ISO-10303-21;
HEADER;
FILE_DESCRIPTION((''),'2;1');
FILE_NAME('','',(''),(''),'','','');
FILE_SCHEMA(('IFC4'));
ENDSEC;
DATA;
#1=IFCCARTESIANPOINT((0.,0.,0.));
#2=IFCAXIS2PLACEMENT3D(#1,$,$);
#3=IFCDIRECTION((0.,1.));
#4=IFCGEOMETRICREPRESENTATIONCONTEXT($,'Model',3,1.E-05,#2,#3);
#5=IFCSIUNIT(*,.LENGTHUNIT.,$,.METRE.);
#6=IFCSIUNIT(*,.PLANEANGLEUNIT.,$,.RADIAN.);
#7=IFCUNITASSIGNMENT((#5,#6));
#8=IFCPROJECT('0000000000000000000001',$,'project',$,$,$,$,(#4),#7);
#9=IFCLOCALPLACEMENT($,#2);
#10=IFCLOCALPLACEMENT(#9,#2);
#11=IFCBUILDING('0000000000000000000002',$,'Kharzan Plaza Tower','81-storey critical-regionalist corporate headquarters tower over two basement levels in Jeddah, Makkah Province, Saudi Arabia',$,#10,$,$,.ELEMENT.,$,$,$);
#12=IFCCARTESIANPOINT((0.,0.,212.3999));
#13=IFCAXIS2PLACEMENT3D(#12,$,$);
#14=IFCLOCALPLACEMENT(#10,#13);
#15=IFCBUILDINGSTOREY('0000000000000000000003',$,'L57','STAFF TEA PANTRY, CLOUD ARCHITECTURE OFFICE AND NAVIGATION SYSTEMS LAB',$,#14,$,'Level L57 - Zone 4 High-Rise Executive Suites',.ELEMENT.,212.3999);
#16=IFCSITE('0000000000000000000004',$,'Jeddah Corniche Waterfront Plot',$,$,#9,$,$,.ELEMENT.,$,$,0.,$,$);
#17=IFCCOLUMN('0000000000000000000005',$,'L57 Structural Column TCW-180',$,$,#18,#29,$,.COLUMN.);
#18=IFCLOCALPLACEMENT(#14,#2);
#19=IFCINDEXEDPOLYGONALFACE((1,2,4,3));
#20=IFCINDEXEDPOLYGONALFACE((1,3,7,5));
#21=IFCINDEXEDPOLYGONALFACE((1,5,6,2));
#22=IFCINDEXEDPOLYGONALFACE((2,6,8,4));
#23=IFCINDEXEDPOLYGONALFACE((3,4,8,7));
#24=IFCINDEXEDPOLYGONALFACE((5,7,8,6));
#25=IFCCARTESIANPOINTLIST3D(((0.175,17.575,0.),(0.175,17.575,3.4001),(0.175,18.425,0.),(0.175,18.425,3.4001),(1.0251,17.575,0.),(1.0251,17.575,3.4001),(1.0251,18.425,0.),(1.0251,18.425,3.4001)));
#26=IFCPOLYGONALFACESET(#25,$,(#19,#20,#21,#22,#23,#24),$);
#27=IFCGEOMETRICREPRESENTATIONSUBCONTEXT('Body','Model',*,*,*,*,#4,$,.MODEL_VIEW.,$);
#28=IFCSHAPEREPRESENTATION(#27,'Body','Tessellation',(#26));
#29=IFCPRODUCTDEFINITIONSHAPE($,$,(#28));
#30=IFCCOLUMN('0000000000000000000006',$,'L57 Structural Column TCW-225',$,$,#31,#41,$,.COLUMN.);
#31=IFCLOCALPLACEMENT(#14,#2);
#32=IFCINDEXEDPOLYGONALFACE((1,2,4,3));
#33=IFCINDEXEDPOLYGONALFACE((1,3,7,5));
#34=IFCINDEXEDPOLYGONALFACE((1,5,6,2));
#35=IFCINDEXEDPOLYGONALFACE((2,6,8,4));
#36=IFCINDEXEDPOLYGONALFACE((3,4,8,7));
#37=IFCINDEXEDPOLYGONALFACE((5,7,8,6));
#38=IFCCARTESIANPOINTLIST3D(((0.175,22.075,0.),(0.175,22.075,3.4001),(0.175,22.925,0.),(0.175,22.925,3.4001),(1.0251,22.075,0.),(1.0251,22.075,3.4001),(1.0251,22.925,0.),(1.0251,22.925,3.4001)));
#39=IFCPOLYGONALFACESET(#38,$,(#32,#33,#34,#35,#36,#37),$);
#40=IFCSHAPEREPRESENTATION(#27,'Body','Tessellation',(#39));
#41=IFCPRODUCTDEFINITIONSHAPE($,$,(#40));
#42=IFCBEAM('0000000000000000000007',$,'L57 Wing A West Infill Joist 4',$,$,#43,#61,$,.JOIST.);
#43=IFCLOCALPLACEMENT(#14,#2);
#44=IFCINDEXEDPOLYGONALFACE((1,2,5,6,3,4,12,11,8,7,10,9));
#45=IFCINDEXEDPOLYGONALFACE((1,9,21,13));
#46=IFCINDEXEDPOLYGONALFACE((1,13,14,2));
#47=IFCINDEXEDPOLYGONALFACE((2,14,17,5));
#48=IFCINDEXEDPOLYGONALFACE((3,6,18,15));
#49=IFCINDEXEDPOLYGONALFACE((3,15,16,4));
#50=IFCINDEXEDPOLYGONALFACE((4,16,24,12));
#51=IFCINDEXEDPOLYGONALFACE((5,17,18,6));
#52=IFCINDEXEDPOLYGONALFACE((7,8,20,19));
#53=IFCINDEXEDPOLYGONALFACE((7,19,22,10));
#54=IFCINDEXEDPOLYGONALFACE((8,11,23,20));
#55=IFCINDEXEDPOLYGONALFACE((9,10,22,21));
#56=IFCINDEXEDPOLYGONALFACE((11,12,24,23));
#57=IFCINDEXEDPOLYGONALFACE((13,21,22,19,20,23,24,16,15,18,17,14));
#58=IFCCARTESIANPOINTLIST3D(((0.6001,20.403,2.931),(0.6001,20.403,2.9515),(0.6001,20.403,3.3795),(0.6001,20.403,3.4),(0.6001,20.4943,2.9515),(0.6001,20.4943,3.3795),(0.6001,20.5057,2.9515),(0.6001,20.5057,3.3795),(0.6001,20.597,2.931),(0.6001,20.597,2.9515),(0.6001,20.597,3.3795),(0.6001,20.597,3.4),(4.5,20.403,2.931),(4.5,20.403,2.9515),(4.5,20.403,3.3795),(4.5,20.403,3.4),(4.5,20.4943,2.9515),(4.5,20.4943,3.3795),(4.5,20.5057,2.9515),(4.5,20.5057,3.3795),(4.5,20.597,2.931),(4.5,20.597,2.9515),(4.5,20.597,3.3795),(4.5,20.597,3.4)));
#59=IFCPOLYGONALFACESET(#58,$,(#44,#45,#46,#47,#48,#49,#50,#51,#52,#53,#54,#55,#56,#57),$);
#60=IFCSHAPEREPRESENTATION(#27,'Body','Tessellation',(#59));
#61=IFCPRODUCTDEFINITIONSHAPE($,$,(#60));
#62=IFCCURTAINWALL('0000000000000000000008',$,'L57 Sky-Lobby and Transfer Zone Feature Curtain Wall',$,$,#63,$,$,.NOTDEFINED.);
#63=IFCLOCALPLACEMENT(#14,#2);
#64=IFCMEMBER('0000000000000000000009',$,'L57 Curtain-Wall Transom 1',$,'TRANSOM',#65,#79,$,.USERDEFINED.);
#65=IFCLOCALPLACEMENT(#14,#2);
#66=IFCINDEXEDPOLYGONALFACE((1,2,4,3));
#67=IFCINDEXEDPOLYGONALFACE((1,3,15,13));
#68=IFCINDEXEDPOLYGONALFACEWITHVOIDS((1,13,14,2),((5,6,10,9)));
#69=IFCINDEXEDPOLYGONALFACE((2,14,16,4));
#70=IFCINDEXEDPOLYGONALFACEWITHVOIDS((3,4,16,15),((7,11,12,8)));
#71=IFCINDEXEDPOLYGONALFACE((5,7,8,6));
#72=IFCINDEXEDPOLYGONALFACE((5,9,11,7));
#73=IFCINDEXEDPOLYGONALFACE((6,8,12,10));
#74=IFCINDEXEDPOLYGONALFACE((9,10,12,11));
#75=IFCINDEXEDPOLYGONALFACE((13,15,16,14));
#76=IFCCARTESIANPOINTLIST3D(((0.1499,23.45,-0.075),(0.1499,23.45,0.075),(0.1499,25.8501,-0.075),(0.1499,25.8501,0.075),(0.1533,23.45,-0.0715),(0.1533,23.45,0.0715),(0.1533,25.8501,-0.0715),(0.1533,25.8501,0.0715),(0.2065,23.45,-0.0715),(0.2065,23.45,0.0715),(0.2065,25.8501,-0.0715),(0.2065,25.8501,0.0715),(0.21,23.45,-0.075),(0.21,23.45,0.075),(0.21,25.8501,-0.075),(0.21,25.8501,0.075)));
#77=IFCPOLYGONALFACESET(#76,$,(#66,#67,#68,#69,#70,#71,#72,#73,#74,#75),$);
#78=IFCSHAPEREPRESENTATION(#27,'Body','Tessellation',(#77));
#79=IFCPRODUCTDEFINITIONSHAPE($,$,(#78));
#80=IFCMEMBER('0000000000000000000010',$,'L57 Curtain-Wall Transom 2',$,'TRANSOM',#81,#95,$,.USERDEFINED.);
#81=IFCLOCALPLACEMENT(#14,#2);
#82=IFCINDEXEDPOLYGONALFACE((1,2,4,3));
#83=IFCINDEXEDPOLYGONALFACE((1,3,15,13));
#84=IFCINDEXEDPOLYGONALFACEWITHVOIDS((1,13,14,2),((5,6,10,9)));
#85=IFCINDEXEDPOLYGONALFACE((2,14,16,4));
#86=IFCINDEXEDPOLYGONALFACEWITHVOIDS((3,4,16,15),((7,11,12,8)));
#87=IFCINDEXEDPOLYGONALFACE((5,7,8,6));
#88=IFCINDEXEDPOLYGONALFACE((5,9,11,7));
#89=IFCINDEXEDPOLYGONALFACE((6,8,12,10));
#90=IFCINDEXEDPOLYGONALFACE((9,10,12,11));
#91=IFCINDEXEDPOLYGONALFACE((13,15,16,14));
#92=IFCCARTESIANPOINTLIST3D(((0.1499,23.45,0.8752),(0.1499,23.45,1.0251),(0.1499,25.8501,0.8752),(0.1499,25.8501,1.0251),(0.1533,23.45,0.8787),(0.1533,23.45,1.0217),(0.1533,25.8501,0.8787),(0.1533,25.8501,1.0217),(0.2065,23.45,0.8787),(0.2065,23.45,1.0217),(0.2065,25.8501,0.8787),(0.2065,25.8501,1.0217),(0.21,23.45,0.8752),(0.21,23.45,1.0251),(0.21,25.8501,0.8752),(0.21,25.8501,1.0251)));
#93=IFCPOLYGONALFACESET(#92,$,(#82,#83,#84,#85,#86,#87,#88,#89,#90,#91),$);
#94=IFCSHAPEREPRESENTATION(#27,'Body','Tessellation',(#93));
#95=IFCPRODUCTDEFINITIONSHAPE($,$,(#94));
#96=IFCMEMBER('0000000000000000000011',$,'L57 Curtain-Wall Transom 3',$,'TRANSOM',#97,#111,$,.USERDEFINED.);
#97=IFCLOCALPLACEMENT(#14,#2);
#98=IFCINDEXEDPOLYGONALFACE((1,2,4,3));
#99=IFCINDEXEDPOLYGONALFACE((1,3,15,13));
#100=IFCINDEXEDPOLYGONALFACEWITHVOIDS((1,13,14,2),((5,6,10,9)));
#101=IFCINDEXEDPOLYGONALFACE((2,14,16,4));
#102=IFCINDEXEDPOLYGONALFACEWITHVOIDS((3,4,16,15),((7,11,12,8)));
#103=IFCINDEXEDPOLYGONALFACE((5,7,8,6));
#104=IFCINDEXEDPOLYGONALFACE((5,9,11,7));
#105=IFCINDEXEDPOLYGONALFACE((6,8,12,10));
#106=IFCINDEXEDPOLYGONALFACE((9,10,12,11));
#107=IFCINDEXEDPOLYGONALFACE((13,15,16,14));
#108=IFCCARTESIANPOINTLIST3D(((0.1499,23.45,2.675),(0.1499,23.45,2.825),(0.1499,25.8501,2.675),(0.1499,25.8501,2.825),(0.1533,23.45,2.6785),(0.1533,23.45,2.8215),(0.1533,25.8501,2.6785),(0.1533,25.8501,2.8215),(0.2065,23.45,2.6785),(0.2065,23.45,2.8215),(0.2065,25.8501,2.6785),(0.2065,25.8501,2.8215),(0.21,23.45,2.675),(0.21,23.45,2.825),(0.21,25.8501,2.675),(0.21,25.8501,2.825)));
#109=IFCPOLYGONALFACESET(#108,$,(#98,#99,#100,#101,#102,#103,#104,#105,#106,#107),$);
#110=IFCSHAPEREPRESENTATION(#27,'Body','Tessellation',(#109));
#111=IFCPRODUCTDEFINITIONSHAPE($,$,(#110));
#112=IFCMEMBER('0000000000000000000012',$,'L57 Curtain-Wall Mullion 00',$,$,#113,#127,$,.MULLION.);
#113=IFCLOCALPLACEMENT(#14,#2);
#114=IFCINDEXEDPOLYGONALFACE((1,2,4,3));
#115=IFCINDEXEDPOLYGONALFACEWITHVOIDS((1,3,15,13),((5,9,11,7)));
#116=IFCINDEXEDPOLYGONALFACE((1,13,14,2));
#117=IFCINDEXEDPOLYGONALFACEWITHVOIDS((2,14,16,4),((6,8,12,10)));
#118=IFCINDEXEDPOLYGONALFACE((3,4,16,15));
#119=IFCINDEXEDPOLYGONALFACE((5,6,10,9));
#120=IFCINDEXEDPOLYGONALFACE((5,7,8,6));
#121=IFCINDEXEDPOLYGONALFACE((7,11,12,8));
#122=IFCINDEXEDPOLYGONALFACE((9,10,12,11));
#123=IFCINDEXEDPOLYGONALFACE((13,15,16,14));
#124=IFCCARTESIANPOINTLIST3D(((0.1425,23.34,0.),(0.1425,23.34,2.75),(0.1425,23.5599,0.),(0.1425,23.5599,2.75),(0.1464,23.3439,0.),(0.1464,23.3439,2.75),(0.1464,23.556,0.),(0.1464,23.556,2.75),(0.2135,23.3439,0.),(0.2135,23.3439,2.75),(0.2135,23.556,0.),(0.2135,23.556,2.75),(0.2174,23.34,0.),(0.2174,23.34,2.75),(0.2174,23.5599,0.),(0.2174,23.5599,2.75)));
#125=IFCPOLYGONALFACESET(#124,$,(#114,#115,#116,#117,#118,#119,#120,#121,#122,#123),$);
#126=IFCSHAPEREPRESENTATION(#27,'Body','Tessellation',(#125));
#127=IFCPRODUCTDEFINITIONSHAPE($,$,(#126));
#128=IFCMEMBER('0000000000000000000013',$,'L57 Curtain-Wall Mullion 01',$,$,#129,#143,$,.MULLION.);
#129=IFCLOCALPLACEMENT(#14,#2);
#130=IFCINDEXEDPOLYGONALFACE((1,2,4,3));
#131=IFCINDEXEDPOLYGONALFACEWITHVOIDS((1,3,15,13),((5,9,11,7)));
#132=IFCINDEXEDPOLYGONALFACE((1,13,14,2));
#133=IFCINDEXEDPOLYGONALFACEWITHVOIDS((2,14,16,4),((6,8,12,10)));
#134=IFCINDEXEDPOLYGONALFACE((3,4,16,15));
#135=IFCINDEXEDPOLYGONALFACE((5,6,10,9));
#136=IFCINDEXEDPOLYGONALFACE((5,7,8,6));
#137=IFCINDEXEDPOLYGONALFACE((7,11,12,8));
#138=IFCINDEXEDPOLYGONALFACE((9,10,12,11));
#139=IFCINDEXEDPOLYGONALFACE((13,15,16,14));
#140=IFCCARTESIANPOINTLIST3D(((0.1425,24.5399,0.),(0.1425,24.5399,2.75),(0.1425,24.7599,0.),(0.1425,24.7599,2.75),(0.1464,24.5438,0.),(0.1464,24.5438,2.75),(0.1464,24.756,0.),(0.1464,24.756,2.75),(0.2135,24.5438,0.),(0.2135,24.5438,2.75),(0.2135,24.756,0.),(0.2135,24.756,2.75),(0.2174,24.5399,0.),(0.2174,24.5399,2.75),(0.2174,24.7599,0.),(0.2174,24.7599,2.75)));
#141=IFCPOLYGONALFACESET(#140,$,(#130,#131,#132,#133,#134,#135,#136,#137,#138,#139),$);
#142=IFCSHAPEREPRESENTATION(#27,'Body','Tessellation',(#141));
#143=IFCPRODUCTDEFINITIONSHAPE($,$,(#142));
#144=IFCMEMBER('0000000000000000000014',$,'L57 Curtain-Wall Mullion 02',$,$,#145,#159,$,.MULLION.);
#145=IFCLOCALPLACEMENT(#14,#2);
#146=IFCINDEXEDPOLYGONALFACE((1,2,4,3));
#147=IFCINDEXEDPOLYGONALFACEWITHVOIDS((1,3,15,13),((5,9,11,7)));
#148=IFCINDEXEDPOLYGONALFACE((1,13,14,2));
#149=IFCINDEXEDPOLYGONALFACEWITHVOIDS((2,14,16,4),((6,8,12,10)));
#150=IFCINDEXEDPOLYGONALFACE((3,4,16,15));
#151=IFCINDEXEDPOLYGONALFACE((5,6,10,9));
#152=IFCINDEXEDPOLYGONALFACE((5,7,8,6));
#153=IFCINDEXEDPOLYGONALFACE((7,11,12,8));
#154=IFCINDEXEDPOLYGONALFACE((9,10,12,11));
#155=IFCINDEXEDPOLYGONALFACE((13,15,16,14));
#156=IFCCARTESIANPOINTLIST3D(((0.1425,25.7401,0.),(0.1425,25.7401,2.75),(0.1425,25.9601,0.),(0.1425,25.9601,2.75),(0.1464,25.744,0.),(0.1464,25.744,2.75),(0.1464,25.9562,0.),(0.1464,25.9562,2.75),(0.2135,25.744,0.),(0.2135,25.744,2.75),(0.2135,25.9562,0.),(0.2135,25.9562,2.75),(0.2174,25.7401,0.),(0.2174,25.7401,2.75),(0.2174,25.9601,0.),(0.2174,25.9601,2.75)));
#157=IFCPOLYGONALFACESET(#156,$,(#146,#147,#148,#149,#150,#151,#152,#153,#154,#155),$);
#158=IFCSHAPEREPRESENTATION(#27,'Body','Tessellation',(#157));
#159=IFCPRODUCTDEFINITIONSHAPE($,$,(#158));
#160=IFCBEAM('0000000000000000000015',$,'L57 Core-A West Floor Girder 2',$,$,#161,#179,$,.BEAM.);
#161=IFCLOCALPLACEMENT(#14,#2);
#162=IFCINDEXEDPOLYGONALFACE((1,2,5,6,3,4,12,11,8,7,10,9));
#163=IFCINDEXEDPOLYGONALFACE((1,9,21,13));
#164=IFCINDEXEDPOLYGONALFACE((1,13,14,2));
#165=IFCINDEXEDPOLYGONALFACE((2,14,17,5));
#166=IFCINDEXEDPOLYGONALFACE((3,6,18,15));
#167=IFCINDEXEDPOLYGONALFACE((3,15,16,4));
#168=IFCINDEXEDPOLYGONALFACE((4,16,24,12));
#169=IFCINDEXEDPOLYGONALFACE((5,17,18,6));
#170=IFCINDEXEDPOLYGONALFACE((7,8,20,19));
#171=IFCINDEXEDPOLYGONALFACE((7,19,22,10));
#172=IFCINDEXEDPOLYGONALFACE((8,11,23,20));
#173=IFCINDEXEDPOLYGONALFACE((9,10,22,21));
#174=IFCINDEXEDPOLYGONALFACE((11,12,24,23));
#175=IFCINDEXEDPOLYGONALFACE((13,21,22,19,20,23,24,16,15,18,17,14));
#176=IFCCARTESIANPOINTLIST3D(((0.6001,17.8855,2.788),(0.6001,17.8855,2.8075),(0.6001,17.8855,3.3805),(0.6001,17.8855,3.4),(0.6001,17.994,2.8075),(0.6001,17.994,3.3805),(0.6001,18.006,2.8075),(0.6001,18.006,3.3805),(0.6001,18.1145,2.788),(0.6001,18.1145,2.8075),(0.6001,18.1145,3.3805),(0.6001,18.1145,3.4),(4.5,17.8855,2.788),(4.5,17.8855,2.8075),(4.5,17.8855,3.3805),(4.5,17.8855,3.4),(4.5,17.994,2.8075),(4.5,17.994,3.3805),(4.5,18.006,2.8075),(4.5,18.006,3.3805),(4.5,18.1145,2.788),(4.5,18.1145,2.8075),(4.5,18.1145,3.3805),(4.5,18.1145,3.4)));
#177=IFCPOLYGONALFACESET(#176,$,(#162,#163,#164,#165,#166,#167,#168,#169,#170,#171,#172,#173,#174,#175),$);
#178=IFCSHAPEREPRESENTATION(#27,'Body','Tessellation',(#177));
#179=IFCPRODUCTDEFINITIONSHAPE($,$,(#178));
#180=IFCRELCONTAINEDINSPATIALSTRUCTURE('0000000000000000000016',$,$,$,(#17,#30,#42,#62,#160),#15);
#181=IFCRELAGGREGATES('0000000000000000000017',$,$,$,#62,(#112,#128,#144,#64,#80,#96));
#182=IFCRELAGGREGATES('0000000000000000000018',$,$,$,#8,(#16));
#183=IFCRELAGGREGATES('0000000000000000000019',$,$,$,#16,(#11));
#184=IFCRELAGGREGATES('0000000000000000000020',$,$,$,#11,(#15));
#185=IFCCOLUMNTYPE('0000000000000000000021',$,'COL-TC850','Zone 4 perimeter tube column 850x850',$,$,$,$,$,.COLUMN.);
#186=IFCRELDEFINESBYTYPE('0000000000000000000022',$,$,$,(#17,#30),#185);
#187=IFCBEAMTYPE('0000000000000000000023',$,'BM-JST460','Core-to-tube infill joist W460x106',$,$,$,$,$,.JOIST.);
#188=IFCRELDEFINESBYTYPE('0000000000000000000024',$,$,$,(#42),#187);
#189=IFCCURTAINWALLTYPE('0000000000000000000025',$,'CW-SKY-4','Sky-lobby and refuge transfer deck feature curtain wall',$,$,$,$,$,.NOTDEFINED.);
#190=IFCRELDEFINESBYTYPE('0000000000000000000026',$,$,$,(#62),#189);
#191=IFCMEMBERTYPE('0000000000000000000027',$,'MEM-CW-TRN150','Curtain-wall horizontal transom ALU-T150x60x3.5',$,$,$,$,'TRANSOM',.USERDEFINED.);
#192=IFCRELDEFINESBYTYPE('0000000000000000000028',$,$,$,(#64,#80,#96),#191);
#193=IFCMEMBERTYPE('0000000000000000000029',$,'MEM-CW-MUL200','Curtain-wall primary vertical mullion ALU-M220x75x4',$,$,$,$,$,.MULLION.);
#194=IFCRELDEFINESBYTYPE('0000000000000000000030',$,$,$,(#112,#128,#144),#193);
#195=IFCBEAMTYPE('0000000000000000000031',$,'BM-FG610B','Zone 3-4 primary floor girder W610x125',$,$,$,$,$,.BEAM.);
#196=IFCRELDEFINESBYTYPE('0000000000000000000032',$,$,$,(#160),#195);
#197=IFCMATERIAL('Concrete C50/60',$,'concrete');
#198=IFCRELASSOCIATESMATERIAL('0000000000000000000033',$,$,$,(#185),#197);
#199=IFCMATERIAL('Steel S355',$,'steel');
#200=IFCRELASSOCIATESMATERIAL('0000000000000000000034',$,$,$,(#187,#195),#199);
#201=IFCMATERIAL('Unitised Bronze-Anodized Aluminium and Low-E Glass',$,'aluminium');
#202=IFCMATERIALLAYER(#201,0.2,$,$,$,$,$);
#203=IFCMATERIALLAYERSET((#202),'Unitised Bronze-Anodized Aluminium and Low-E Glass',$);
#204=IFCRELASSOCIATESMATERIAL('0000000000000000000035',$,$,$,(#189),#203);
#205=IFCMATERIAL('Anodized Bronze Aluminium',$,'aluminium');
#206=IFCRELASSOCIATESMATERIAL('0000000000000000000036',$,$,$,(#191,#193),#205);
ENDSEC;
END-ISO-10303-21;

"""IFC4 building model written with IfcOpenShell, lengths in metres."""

from ifc_helpers import new_model, si_unit, direction, frame, origin, origin_2d, place, context, subcontext, project, spatial, rectangle, hollow_rectangle, i_section, extrude, source, transform, mapped, material, layer, layer_set, material_profile, profile_set, type_object, element, aggregate, save


model = new_model("IFC4")

# Units and contexts
model_context = context("Model", 3, precision=1e-05, world=origin(), true_north=direction((0.0, 1.0)))
body_context = subcontext(model_context, "Body", "Model", "MODEL_VIEW")
ifc_project = project(units=[si_unit("LENGTHUNIT", "METRE"), si_unit("PLANEANGLEUNIT", "RADIAN")], contexts=[model_context])

# Site, building, storey
site_placement = place(None, origin())
site = spatial("IfcSite", under=ifc_project, at=site_placement, Name="Jeddah Corniche Waterfront Plot", CompositionType="ELEMENT", RefElevation=0.0)
building_placement = place(site_placement, origin())
building = spatial("IfcBuilding", under=site, at=building_placement, Name="Kharzan Plaza Tower", Description="81-storey critical-regionalist corporate headquarters tower over two basement levels in Jeddah, Makkah Province, Saudi Arabia", CompositionType="ELEMENT")
storey_placement = place(building_placement, frame((0.0, 0.0, 212.3999)))
storey = spatial("IfcBuildingStorey", under=building, at=storey_placement, Name="L57", Description="STAFF TEA PANTRY, CLOUD ARCHITECTURE OFFICE AND NAVIGATION SYSTEMS LAB", LongName="Level L57 - Zone 4 High-Rise Executive Suites", CompositionType="ELEMENT", Elevation=212.3999)

# Columns
ifc_material_1 = material(Name="Concrete C50/60", Category="concrete")
ifc_material_profile_1 = material_profile(ifc_material_1, rectangle(XDim=0.8501, YDim=0.8501, at=origin_2d()), Name="RC-TC850x850")
ifc_profile_set_1 = profile_set([ifc_material_profile_1], Name="Concrete C50/60")
column_type = type_object("IfcColumnType", Name="COL-TC850", Description="Zone 4 perimeter tube column 850x850", PredefinedType="COLUMN", material=ifc_profile_set_1)
shared_shape_1 = source(origin(), body_context, "Body", "SweptSolid", [
    extrude(rectangle(XDim=0.8501, YDim=0.8501, at=origin_2d()), origin(), (0.0, 0.0, 1.0), 3.4001),
])
for number, where, z_axis, x_axis, name in (
    (1, (0.6001, 18.0, 0.0), (0.0, 0.0, 1.0), (1.0, 0.0, 0.0), "L57 Structural Column TCW-180"),
    (2, (0.6001, 22.5, 0.0), (0.0, 0.0, 1.0), (1.0, 0.0, 0.0), "L57 Structural Column TCW-225"),
):
    element("IfcColumn", number, at=place(storey_placement, frame(where, z_axis=z_axis, x_axis=x_axis)), inside=storey, type_object=column_type, Name=name, PredefinedType="COLUMN", context=body_context, shape_type="MappedRepresentation", body=[
        mapped(shared_shape_1, transform((0.0, 0.0, 0.0), x_axis=(1.0, 0.0, 0.0), y_axis=(0.0, 1.0, 0.0), z_axis=(0.0, 0.0, 1.0))),
    ])

# Beam
ifc_material_2 = material(Name="Steel S355", Category="steel")
ifc_material_profile_2 = material_profile(ifc_material_2, i_section(OverallWidth=0.1941, OverallDepth=0.469, WebThickness=0.0115, FlangeThickness=0.0205, at=origin_2d()), Name="W460x106")
ifc_profile_set_2 = profile_set([ifc_material_profile_2], Name="Steel S355")
beam_type_1 = type_object("IfcBeamType", Name="BM-JST460", Description="Core-to-tube infill joist W460x106", PredefinedType="JOIST", material=ifc_profile_set_2)
shared_shape_2 = source(origin(), body_context, "Body", "SweptSolid", [
    extrude(i_section(OverallWidth=0.1941, OverallDepth=0.469, WebThickness=0.0115, FlangeThickness=0.0205, at=origin_2d()), origin(), (0.0, 0.0, 1.0), 3.8999),
])
beam_1_placement = place(storey_placement, frame((0.6001, 20.5, 3.1655), z_axis=(1.0, 0.0, 0.0), x_axis=(0.0, 1.0, 0.0)))
element("IfcBeam", 3, at=beam_1_placement, inside=storey, type_object=beam_type_1, Name="L57 Wing A West Infill Joist 4", PredefinedType="JOIST", context=body_context, shape_type="MappedRepresentation", body=[
    mapped(shared_shape_2, transform((0.0, 0.0, 0.0), x_axis=(1.0, 0.0, 0.0), y_axis=(0.0, 1.0, 0.0), z_axis=(0.0, 0.0, 1.0))),
])

# Curtain wall, members
ifc_material_3 = material(Name="Unitised Bronze-Anodized Aluminium and Low-E Glass", Category="aluminium")
ifc_layer_1 = layer(ifc_material_3, 0.2)
ifc_layer_set_1 = layer_set([ifc_layer_1], Name="Unitised Bronze-Anodized Aluminium and Low-E Glass")
curtain_wall_type = type_object("IfcCurtainWallType", Name="CW-SKY-4", Description="Sky-lobby and refuge transfer deck feature curtain wall", PredefinedType="NOTDEFINED", material=ifc_layer_set_1)
curtain_wall_placement = place(storey_placement, origin())
curtain_wall = element("IfcCurtainWall", 4, at=curtain_wall_placement, inside=storey, type_object=curtain_wall_type, Name="L57 Sky-Lobby and Transfer Zone Feature Curtain Wall", PredefinedType="NOTDEFINED")
ifc_material_4 = material(Name="Anodized Bronze Aluminium", Category="aluminium")
ifc_material_profile_3 = material_profile(ifc_material_4, hollow_rectangle(XDim=0.0601, YDim=0.1499, WallThickness=0.0034, at=origin_2d()), Name="ALU-T150x60x3.5")
ifc_profile_set_3 = profile_set([ifc_material_profile_3], Name="Anodized Bronze Aluminium")
member_type_1 = type_object("IfcMemberType", Name="MEM-CW-TRN150", Description="Curtain-wall horizontal transom ALU-T150x60x3.5", ElementType="TRANSOM", PredefinedType="USERDEFINED", material=ifc_profile_set_3)
shared_shape_3 = source(origin(), body_context, "Body", "SweptSolid", [
    extrude(hollow_rectangle(XDim=0.0601, YDim=0.1499, WallThickness=0.0034, at=origin_2d()), origin(), (0.0, 0.0, 1.0), 2.4001),
])
member_1_placement = place(storey_placement, frame((0.1799, 23.45, 0.0), z_axis=(0.0, 1.0, 0.0), x_axis=(-1.0, 0.0, 0.0)))
member_1 = element("IfcMember", 5, at=member_1_placement, type_object=member_type_1, Name="L57 Curtain-Wall Transom 1", ObjectType="TRANSOM", PredefinedType="USERDEFINED", context=body_context, shape_type="MappedRepresentation", body=[
    mapped(shared_shape_3, transform((0.0, 0.0, 0.0), x_axis=(1.0, 0.0, 0.0), y_axis=(0.0, 1.0, 0.0), z_axis=(0.0, 0.0, 1.0))),
])
member_2_placement = place(storey_placement, frame((0.1799, 23.45, 0.9502), z_axis=(0.0, 1.0, 0.0), x_axis=(-1.0, 0.0, 0.0)))
member_2 = element("IfcMember", 6, at=member_2_placement, type_object=member_type_1, Name="L57 Curtain-Wall Transom 2", ObjectType="TRANSOM", PredefinedType="USERDEFINED", context=body_context, shape_type="MappedRepresentation", body=[
    mapped(shared_shape_3, transform((0.0, 0.0, 0.0), x_axis=(1.0, 0.0, 0.0), y_axis=(0.0, 1.0, 0.0), z_axis=(0.0, 0.0, 1.0))),
])
member_3_placement = place(storey_placement, frame((0.1799, 23.45, 2.75), z_axis=(0.0, 1.0, 0.0), x_axis=(-1.0, 0.0, 0.0)))
member_3 = element("IfcMember", 7, at=member_3_placement, type_object=member_type_1, Name="L57 Curtain-Wall Transom 3", ObjectType="TRANSOM", PredefinedType="USERDEFINED", context=body_context, shape_type="MappedRepresentation", body=[
    mapped(shared_shape_3, transform((0.0, 0.0, 0.0), x_axis=(1.0, 0.0, 0.0), y_axis=(0.0, 1.0, 0.0), z_axis=(0.0, 0.0, 1.0))),
])
ifc_material_profile_4 = material_profile(ifc_material_4, hollow_rectangle(XDim=0.075, YDim=0.22, WallThickness=0.0039, at=origin_2d()), Name="ALU-M220x75x4")
ifc_profile_set_4 = profile_set([ifc_material_profile_4], Name="Anodized Bronze Aluminium")
member_type_2 = type_object("IfcMemberType", Name="MEM-CW-MUL200", Description="Curtain-wall primary vertical mullion ALU-M220x75x4", PredefinedType="MULLION", material=ifc_profile_set_4)
shared_shape_4 = source(origin(), body_context, "Body", "SweptSolid", [
    extrude(hollow_rectangle(XDim=0.075, YDim=0.22, WallThickness=0.0039, at=origin_2d()), origin(), (0.0, 0.0, 1.0), 2.75),
])
member_4_placement = place(storey_placement, frame((0.1799, 23.45, 0.0), z_axis=(0.0, 0.0, 1.0), x_axis=(1.0, 0.0, 0.0)))
member_4 = element("IfcMember", 8, at=member_4_placement, type_object=member_type_2, Name="L57 Curtain-Wall Mullion 00", PredefinedType="MULLION", context=body_context, shape_type="MappedRepresentation", body=[
    mapped(shared_shape_4, transform((0.0, 0.0, 0.0), x_axis=(1.0, 0.0, 0.0), y_axis=(0.0, 1.0, 0.0), z_axis=(0.0, 0.0, 1.0))),
])
member_5_placement = place(storey_placement, frame((0.1799, 24.6499, 0.0), z_axis=(0.0, 0.0, 1.0), x_axis=(1.0, 0.0, 0.0)))
member_5 = element("IfcMember", 9, at=member_5_placement, type_object=member_type_2, Name="L57 Curtain-Wall Mullion 01", PredefinedType="MULLION", context=body_context, shape_type="MappedRepresentation", body=[
    mapped(shared_shape_4, transform((0.0, 0.0, 0.0), x_axis=(1.0, 0.0, 0.0), y_axis=(0.0, 1.0, 0.0), z_axis=(0.0, 0.0, 1.0))),
])
member_6_placement = place(storey_placement, frame((0.1799, 25.8501, 0.0), z_axis=(0.0, 0.0, 1.0), x_axis=(1.0, 0.0, 0.0)))
member_6 = element("IfcMember", 10, at=member_6_placement, type_object=member_type_2, Name="L57 Curtain-Wall Mullion 02", PredefinedType="MULLION", context=body_context, shape_type="MappedRepresentation", body=[
    mapped(shared_shape_4, transform((0.0, 0.0, 0.0), x_axis=(1.0, 0.0, 0.0), y_axis=(0.0, 1.0, 0.0), z_axis=(0.0, 0.0, 1.0))),
])

# Beam
ifc_material_profile_5 = material_profile(ifc_material_2, i_section(OverallWidth=0.229, OverallDepth=0.6121, WebThickness=0.012, FlangeThickness=0.0195, at=origin_2d()), Name="W610x125")
ifc_profile_set_5 = profile_set([ifc_material_profile_5], Name="Steel S355")
beam_type_2 = type_object("IfcBeamType", Name="BM-FG610B", Description="Zone 3-4 primary floor girder W610x125", PredefinedType="BEAM", material=ifc_profile_set_5)
shared_shape_5 = source(origin(), body_context, "Body", "SweptSolid", [
    extrude(i_section(OverallWidth=0.229, OverallDepth=0.6121, WebThickness=0.012, FlangeThickness=0.0195, at=origin_2d()), origin(), (0.0, 0.0, 1.0), 3.8999),
])
beam_2_placement = place(storey_placement, frame((0.6001, 18.0, 3.094), z_axis=(1.0, 0.0, 0.0), x_axis=(0.0, 1.0, 0.0)))
element("IfcBeam", 11, at=beam_2_placement, inside=storey, type_object=beam_type_2, Name="L57 Core-A West Floor Girder 2", PredefinedType="BEAM", context=body_context, shape_type="MappedRepresentation", body=[
    mapped(shared_shape_5, transform((0.0, 0.0, 0.0), x_axis=(1.0, 0.0, 0.0), y_axis=(0.0, 1.0, 0.0), z_axis=(0.0, 0.0, 1.0))),
])

aggregate(curtain_wall, [member_4, member_5, member_6, member_1, member_2, member_3])

save(model, "model.ifc")
